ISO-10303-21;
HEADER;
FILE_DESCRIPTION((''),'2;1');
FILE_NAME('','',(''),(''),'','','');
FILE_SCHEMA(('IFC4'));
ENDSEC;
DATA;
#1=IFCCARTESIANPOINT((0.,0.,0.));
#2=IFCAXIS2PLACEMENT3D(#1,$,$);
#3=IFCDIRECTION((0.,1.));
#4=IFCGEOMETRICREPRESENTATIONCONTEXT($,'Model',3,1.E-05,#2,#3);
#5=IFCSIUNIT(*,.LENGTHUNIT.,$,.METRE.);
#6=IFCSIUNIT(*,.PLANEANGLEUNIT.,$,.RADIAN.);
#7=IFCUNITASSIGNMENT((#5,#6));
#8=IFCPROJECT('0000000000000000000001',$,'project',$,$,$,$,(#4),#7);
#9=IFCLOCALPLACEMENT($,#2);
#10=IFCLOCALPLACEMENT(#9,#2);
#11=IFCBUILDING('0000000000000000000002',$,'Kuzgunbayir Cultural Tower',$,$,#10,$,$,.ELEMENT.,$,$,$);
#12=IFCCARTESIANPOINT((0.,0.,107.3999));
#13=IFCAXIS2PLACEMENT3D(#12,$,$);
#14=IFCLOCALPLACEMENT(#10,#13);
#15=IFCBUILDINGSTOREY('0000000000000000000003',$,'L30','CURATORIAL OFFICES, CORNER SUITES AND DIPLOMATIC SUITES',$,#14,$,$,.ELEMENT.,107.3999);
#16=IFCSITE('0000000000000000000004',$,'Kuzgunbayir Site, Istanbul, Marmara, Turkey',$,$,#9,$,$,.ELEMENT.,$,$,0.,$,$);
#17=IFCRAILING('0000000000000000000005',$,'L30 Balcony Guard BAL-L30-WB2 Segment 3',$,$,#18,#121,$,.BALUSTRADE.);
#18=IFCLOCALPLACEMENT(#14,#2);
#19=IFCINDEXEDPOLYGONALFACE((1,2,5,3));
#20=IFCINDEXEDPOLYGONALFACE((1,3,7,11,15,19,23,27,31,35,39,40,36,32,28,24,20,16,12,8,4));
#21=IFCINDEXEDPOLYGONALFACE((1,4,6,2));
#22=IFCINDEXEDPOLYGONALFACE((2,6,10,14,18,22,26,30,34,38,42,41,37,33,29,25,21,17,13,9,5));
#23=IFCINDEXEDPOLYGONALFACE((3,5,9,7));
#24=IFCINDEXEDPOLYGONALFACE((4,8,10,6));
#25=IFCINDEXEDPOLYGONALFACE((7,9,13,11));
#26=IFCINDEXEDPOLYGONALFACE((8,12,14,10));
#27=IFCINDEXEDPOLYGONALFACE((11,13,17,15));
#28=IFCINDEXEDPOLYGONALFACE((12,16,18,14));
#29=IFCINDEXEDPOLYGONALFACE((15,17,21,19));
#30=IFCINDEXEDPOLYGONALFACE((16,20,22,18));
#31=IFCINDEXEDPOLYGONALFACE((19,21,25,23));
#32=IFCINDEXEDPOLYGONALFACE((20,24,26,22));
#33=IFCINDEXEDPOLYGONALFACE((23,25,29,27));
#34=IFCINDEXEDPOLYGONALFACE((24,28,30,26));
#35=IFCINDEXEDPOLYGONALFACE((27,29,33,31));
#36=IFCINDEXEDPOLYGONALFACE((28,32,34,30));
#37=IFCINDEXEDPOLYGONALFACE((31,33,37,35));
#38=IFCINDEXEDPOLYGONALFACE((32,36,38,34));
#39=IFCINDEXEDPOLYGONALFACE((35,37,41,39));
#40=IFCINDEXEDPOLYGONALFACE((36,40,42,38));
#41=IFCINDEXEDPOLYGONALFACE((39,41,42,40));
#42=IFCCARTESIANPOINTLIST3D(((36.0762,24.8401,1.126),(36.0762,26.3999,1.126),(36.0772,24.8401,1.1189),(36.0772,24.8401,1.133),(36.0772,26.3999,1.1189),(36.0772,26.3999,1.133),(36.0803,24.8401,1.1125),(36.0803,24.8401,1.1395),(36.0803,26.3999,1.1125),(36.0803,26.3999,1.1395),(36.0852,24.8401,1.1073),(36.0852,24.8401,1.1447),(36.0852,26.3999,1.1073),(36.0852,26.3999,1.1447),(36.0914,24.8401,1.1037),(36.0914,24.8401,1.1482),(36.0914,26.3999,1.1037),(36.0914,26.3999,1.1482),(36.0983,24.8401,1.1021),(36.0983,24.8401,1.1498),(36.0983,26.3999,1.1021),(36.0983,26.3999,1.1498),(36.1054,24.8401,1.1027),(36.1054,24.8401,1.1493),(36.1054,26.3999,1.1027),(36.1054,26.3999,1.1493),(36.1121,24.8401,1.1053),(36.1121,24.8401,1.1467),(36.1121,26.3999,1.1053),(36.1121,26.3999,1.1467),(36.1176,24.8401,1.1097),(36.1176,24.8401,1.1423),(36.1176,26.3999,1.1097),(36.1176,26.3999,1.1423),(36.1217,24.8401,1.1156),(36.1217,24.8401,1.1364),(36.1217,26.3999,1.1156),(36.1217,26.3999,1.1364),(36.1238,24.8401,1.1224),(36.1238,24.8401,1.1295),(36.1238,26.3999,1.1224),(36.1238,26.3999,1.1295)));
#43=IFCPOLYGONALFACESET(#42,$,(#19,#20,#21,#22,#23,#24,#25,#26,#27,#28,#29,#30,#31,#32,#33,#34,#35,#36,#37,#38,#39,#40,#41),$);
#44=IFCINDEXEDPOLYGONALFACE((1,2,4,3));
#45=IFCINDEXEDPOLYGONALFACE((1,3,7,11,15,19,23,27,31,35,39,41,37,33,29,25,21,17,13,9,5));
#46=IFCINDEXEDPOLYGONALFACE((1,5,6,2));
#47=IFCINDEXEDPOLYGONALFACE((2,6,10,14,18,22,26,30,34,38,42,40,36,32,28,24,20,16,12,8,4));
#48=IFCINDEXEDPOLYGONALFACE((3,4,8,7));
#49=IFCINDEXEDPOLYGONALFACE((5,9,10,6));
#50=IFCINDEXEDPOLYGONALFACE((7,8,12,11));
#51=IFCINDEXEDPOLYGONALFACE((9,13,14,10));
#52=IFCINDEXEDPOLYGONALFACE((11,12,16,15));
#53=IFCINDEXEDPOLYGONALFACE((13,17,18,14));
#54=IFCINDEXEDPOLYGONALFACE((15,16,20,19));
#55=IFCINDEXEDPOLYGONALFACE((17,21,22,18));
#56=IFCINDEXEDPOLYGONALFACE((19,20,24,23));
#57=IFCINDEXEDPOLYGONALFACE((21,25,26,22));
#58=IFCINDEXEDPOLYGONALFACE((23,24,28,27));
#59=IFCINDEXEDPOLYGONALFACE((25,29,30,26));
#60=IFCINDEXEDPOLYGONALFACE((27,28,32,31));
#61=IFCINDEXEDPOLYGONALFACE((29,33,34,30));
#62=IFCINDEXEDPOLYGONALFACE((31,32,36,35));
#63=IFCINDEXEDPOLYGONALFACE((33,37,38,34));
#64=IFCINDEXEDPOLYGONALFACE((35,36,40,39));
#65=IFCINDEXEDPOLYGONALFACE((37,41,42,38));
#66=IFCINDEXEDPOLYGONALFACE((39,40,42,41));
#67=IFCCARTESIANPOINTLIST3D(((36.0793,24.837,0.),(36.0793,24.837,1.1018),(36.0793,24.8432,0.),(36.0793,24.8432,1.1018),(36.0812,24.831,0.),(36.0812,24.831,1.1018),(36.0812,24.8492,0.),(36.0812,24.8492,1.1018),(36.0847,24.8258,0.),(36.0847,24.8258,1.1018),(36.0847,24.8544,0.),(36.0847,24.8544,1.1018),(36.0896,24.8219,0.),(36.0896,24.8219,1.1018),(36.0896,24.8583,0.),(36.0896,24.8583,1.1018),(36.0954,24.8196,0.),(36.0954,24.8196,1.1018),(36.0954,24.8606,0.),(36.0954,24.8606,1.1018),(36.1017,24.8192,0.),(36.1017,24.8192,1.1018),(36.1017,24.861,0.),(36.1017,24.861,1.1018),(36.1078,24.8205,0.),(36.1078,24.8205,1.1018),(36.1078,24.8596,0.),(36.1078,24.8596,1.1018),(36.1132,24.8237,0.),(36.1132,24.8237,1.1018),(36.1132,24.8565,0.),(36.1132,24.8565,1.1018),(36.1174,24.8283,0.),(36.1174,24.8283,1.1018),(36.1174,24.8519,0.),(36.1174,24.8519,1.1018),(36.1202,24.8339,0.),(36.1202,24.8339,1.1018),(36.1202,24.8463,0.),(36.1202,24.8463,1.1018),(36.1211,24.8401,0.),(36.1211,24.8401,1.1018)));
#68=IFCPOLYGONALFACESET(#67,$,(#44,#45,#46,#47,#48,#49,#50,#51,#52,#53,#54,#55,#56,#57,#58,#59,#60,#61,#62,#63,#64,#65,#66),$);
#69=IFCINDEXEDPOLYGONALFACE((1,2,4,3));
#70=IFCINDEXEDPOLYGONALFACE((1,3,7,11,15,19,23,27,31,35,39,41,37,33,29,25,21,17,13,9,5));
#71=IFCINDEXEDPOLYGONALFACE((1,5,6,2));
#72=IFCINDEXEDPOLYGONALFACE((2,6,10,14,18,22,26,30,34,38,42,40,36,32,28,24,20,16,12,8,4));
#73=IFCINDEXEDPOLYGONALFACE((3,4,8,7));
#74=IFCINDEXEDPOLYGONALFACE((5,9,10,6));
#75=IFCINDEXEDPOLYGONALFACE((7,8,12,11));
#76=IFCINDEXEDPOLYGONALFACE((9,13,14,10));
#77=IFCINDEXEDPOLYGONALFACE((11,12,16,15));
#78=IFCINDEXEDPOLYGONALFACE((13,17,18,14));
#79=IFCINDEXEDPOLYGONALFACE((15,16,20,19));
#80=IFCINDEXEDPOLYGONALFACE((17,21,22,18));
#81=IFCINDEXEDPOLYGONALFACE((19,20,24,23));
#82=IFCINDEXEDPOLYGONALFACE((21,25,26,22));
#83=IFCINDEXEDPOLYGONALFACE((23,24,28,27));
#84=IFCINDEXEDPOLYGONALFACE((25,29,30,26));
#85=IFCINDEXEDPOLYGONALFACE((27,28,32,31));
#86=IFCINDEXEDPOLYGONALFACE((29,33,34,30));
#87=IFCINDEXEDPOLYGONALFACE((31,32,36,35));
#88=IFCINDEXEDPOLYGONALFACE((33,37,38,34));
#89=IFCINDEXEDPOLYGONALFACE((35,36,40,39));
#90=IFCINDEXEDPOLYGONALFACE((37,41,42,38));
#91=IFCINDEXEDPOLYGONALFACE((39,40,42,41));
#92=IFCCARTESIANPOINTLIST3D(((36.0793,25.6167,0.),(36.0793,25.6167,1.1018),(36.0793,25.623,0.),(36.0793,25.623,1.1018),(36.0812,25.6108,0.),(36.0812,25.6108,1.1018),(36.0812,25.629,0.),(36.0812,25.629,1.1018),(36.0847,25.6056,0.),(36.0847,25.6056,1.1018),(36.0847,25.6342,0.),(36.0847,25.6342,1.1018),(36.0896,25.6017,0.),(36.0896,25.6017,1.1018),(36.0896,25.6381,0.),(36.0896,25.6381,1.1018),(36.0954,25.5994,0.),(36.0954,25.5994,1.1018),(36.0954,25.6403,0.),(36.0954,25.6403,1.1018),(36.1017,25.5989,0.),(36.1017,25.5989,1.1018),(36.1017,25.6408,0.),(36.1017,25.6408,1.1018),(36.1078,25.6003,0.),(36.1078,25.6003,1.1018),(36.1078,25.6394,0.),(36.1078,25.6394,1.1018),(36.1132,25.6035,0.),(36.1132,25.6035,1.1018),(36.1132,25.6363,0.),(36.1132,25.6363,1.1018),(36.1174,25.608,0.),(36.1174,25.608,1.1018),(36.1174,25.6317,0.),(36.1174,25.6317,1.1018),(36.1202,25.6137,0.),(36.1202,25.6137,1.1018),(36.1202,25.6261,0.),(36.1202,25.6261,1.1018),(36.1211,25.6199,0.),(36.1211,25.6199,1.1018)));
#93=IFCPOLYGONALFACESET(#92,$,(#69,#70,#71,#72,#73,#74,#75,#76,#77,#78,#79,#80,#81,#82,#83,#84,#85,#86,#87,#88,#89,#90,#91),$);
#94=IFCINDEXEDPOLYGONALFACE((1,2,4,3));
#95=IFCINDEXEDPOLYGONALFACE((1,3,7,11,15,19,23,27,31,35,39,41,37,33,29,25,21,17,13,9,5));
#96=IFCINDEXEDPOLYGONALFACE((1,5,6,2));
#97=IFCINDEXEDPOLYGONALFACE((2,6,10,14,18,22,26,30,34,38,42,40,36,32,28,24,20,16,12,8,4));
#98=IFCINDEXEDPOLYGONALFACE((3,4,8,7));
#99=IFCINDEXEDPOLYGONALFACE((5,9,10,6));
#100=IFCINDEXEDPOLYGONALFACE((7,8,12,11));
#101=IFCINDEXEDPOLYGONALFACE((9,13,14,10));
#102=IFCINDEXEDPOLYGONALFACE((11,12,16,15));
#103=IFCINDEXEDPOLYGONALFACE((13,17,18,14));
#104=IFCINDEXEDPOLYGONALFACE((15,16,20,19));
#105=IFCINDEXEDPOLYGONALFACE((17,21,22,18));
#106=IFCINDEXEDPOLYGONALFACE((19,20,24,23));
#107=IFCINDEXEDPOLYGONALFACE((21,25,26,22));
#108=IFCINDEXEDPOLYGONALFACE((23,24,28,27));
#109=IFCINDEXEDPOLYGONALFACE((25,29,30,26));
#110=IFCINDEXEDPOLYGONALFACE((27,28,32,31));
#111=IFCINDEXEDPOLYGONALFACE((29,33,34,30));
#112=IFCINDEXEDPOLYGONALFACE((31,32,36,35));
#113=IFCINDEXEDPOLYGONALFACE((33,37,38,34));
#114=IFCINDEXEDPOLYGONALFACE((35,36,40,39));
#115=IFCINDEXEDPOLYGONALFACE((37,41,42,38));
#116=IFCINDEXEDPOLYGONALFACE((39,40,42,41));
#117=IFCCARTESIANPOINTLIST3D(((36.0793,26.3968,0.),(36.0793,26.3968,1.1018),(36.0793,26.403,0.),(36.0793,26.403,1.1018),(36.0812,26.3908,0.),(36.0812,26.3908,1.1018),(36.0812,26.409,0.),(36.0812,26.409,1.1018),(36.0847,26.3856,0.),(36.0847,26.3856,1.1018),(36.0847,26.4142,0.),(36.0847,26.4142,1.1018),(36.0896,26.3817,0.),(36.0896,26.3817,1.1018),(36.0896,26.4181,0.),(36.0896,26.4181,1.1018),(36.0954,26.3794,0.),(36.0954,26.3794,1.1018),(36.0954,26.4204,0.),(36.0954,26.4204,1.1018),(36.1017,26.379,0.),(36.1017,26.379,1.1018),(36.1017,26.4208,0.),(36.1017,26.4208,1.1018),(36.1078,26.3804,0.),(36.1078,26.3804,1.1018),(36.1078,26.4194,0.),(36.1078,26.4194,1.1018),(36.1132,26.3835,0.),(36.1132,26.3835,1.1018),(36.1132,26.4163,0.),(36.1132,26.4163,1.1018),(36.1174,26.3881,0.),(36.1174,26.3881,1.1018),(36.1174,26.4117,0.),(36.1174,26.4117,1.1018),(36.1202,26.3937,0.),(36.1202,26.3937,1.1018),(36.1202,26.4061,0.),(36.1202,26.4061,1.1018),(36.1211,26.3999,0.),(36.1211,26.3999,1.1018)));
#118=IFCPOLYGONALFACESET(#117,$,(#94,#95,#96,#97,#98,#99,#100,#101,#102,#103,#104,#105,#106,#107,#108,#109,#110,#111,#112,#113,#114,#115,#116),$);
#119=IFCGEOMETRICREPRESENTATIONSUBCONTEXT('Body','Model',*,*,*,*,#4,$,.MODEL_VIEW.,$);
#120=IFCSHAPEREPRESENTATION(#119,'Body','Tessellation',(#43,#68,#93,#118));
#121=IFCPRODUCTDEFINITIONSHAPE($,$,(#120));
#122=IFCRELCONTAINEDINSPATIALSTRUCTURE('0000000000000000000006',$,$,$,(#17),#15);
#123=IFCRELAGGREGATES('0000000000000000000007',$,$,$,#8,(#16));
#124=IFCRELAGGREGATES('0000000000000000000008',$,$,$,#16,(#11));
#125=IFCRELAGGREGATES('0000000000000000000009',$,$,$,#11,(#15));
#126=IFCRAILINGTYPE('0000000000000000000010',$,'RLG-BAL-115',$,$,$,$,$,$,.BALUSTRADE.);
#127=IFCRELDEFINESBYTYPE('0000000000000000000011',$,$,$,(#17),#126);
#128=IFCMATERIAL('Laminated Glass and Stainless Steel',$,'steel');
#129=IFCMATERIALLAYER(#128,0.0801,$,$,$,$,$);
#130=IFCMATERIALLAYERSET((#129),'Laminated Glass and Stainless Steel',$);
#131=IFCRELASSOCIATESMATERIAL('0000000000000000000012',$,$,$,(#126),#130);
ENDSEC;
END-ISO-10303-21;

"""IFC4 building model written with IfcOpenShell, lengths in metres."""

from ifc_helpers import new_model, si_unit, direction, frame, origin, origin_2d, place, context, subcontext, project, spatial, circle, extrude, material, layer, layer_set, type_object, element, save


model = new_model("IFC4")

# Units and contexts
model_context = context("Model", 3, precision=1e-05, world=origin(), true_north=direction((0.0, 1.0)))
body_context = subcontext(model_context, "Body", "Model", "MODEL_VIEW")
ifc_project = project(units=[si_unit("LENGTHUNIT", "METRE"), si_unit("PLANEANGLEUNIT", "RADIAN")], contexts=[model_context])

# Site, building, storey
site_placement = place(None, origin())
site = spatial("IfcSite", under=ifc_project, at=site_placement, Name="Kuzgunbayir Site, Istanbul, Marmara, Turkey", CompositionType="ELEMENT", RefElevation=0.0)
building_placement = place(site_placement, origin())
building = spatial("IfcBuilding", under=site, at=building_placement, Name="Kuzgunbayir Cultural Tower", CompositionType="ELEMENT")
storey_placement = place(building_placement, frame((0.0, 0.0, 107.3999)))
storey = spatial("IfcBuildingStorey", under=building, at=storey_placement, Name="L30", Description="CURATORIAL OFFICES, CORNER SUITES AND DIPLOMATIC SUITES", CompositionType="ELEMENT", Elevation=107.3999)

# Railing
ifc_material_1 = material(Name="Laminated Glass and Stainless Steel", Category="steel")
ifc_layer_1 = layer(ifc_material_1, 0.0801)
ifc_layer_set_1 = layer_set([ifc_layer_1], Name="Laminated Glass and Stainless Steel")
railing_type = type_object("IfcRailingType", Name="RLG-BAL-115", PredefinedType="BALUSTRADE", material=ifc_layer_set_1)
railing_1_placement = place(storey_placement, frame((36.1001, 24.8401, 0.0)))
element("IfcRailing", 1, at=railing_1_placement, inside=storey, type_object=railing_type, Name="L30 Balcony Guard BAL-L30-WB2 Segment 3", PredefinedType="BALUSTRADE", context=body_context, shape_type="SweptSolid", body=[
    extrude(circle(Radius=0.0239, at=origin_2d()), frame((0.0, 0.0, 1.126), z_axis=(0.0, 1.0, 0.0), x_axis=(-1.0, 0.0, 0.0)), (0.0, 0.0, 1.0), 1.5598),
    extrude(circle(Radius=0.021, at=origin_2d()), origin(), (0.0, 0.0, 1.0), 1.1018),
    extrude(circle(Radius=0.021, at=origin_2d()), frame((0.0, 0.7798, 0.0)), (0.0, 0.0, 1.0), 1.1018),
    extrude(circle(Radius=0.021, at=origin_2d()), frame((0.0, 1.5598, 0.0)), (0.0, 0.0, 1.0), 1.1018),
])

save(model, "model.ifc")
